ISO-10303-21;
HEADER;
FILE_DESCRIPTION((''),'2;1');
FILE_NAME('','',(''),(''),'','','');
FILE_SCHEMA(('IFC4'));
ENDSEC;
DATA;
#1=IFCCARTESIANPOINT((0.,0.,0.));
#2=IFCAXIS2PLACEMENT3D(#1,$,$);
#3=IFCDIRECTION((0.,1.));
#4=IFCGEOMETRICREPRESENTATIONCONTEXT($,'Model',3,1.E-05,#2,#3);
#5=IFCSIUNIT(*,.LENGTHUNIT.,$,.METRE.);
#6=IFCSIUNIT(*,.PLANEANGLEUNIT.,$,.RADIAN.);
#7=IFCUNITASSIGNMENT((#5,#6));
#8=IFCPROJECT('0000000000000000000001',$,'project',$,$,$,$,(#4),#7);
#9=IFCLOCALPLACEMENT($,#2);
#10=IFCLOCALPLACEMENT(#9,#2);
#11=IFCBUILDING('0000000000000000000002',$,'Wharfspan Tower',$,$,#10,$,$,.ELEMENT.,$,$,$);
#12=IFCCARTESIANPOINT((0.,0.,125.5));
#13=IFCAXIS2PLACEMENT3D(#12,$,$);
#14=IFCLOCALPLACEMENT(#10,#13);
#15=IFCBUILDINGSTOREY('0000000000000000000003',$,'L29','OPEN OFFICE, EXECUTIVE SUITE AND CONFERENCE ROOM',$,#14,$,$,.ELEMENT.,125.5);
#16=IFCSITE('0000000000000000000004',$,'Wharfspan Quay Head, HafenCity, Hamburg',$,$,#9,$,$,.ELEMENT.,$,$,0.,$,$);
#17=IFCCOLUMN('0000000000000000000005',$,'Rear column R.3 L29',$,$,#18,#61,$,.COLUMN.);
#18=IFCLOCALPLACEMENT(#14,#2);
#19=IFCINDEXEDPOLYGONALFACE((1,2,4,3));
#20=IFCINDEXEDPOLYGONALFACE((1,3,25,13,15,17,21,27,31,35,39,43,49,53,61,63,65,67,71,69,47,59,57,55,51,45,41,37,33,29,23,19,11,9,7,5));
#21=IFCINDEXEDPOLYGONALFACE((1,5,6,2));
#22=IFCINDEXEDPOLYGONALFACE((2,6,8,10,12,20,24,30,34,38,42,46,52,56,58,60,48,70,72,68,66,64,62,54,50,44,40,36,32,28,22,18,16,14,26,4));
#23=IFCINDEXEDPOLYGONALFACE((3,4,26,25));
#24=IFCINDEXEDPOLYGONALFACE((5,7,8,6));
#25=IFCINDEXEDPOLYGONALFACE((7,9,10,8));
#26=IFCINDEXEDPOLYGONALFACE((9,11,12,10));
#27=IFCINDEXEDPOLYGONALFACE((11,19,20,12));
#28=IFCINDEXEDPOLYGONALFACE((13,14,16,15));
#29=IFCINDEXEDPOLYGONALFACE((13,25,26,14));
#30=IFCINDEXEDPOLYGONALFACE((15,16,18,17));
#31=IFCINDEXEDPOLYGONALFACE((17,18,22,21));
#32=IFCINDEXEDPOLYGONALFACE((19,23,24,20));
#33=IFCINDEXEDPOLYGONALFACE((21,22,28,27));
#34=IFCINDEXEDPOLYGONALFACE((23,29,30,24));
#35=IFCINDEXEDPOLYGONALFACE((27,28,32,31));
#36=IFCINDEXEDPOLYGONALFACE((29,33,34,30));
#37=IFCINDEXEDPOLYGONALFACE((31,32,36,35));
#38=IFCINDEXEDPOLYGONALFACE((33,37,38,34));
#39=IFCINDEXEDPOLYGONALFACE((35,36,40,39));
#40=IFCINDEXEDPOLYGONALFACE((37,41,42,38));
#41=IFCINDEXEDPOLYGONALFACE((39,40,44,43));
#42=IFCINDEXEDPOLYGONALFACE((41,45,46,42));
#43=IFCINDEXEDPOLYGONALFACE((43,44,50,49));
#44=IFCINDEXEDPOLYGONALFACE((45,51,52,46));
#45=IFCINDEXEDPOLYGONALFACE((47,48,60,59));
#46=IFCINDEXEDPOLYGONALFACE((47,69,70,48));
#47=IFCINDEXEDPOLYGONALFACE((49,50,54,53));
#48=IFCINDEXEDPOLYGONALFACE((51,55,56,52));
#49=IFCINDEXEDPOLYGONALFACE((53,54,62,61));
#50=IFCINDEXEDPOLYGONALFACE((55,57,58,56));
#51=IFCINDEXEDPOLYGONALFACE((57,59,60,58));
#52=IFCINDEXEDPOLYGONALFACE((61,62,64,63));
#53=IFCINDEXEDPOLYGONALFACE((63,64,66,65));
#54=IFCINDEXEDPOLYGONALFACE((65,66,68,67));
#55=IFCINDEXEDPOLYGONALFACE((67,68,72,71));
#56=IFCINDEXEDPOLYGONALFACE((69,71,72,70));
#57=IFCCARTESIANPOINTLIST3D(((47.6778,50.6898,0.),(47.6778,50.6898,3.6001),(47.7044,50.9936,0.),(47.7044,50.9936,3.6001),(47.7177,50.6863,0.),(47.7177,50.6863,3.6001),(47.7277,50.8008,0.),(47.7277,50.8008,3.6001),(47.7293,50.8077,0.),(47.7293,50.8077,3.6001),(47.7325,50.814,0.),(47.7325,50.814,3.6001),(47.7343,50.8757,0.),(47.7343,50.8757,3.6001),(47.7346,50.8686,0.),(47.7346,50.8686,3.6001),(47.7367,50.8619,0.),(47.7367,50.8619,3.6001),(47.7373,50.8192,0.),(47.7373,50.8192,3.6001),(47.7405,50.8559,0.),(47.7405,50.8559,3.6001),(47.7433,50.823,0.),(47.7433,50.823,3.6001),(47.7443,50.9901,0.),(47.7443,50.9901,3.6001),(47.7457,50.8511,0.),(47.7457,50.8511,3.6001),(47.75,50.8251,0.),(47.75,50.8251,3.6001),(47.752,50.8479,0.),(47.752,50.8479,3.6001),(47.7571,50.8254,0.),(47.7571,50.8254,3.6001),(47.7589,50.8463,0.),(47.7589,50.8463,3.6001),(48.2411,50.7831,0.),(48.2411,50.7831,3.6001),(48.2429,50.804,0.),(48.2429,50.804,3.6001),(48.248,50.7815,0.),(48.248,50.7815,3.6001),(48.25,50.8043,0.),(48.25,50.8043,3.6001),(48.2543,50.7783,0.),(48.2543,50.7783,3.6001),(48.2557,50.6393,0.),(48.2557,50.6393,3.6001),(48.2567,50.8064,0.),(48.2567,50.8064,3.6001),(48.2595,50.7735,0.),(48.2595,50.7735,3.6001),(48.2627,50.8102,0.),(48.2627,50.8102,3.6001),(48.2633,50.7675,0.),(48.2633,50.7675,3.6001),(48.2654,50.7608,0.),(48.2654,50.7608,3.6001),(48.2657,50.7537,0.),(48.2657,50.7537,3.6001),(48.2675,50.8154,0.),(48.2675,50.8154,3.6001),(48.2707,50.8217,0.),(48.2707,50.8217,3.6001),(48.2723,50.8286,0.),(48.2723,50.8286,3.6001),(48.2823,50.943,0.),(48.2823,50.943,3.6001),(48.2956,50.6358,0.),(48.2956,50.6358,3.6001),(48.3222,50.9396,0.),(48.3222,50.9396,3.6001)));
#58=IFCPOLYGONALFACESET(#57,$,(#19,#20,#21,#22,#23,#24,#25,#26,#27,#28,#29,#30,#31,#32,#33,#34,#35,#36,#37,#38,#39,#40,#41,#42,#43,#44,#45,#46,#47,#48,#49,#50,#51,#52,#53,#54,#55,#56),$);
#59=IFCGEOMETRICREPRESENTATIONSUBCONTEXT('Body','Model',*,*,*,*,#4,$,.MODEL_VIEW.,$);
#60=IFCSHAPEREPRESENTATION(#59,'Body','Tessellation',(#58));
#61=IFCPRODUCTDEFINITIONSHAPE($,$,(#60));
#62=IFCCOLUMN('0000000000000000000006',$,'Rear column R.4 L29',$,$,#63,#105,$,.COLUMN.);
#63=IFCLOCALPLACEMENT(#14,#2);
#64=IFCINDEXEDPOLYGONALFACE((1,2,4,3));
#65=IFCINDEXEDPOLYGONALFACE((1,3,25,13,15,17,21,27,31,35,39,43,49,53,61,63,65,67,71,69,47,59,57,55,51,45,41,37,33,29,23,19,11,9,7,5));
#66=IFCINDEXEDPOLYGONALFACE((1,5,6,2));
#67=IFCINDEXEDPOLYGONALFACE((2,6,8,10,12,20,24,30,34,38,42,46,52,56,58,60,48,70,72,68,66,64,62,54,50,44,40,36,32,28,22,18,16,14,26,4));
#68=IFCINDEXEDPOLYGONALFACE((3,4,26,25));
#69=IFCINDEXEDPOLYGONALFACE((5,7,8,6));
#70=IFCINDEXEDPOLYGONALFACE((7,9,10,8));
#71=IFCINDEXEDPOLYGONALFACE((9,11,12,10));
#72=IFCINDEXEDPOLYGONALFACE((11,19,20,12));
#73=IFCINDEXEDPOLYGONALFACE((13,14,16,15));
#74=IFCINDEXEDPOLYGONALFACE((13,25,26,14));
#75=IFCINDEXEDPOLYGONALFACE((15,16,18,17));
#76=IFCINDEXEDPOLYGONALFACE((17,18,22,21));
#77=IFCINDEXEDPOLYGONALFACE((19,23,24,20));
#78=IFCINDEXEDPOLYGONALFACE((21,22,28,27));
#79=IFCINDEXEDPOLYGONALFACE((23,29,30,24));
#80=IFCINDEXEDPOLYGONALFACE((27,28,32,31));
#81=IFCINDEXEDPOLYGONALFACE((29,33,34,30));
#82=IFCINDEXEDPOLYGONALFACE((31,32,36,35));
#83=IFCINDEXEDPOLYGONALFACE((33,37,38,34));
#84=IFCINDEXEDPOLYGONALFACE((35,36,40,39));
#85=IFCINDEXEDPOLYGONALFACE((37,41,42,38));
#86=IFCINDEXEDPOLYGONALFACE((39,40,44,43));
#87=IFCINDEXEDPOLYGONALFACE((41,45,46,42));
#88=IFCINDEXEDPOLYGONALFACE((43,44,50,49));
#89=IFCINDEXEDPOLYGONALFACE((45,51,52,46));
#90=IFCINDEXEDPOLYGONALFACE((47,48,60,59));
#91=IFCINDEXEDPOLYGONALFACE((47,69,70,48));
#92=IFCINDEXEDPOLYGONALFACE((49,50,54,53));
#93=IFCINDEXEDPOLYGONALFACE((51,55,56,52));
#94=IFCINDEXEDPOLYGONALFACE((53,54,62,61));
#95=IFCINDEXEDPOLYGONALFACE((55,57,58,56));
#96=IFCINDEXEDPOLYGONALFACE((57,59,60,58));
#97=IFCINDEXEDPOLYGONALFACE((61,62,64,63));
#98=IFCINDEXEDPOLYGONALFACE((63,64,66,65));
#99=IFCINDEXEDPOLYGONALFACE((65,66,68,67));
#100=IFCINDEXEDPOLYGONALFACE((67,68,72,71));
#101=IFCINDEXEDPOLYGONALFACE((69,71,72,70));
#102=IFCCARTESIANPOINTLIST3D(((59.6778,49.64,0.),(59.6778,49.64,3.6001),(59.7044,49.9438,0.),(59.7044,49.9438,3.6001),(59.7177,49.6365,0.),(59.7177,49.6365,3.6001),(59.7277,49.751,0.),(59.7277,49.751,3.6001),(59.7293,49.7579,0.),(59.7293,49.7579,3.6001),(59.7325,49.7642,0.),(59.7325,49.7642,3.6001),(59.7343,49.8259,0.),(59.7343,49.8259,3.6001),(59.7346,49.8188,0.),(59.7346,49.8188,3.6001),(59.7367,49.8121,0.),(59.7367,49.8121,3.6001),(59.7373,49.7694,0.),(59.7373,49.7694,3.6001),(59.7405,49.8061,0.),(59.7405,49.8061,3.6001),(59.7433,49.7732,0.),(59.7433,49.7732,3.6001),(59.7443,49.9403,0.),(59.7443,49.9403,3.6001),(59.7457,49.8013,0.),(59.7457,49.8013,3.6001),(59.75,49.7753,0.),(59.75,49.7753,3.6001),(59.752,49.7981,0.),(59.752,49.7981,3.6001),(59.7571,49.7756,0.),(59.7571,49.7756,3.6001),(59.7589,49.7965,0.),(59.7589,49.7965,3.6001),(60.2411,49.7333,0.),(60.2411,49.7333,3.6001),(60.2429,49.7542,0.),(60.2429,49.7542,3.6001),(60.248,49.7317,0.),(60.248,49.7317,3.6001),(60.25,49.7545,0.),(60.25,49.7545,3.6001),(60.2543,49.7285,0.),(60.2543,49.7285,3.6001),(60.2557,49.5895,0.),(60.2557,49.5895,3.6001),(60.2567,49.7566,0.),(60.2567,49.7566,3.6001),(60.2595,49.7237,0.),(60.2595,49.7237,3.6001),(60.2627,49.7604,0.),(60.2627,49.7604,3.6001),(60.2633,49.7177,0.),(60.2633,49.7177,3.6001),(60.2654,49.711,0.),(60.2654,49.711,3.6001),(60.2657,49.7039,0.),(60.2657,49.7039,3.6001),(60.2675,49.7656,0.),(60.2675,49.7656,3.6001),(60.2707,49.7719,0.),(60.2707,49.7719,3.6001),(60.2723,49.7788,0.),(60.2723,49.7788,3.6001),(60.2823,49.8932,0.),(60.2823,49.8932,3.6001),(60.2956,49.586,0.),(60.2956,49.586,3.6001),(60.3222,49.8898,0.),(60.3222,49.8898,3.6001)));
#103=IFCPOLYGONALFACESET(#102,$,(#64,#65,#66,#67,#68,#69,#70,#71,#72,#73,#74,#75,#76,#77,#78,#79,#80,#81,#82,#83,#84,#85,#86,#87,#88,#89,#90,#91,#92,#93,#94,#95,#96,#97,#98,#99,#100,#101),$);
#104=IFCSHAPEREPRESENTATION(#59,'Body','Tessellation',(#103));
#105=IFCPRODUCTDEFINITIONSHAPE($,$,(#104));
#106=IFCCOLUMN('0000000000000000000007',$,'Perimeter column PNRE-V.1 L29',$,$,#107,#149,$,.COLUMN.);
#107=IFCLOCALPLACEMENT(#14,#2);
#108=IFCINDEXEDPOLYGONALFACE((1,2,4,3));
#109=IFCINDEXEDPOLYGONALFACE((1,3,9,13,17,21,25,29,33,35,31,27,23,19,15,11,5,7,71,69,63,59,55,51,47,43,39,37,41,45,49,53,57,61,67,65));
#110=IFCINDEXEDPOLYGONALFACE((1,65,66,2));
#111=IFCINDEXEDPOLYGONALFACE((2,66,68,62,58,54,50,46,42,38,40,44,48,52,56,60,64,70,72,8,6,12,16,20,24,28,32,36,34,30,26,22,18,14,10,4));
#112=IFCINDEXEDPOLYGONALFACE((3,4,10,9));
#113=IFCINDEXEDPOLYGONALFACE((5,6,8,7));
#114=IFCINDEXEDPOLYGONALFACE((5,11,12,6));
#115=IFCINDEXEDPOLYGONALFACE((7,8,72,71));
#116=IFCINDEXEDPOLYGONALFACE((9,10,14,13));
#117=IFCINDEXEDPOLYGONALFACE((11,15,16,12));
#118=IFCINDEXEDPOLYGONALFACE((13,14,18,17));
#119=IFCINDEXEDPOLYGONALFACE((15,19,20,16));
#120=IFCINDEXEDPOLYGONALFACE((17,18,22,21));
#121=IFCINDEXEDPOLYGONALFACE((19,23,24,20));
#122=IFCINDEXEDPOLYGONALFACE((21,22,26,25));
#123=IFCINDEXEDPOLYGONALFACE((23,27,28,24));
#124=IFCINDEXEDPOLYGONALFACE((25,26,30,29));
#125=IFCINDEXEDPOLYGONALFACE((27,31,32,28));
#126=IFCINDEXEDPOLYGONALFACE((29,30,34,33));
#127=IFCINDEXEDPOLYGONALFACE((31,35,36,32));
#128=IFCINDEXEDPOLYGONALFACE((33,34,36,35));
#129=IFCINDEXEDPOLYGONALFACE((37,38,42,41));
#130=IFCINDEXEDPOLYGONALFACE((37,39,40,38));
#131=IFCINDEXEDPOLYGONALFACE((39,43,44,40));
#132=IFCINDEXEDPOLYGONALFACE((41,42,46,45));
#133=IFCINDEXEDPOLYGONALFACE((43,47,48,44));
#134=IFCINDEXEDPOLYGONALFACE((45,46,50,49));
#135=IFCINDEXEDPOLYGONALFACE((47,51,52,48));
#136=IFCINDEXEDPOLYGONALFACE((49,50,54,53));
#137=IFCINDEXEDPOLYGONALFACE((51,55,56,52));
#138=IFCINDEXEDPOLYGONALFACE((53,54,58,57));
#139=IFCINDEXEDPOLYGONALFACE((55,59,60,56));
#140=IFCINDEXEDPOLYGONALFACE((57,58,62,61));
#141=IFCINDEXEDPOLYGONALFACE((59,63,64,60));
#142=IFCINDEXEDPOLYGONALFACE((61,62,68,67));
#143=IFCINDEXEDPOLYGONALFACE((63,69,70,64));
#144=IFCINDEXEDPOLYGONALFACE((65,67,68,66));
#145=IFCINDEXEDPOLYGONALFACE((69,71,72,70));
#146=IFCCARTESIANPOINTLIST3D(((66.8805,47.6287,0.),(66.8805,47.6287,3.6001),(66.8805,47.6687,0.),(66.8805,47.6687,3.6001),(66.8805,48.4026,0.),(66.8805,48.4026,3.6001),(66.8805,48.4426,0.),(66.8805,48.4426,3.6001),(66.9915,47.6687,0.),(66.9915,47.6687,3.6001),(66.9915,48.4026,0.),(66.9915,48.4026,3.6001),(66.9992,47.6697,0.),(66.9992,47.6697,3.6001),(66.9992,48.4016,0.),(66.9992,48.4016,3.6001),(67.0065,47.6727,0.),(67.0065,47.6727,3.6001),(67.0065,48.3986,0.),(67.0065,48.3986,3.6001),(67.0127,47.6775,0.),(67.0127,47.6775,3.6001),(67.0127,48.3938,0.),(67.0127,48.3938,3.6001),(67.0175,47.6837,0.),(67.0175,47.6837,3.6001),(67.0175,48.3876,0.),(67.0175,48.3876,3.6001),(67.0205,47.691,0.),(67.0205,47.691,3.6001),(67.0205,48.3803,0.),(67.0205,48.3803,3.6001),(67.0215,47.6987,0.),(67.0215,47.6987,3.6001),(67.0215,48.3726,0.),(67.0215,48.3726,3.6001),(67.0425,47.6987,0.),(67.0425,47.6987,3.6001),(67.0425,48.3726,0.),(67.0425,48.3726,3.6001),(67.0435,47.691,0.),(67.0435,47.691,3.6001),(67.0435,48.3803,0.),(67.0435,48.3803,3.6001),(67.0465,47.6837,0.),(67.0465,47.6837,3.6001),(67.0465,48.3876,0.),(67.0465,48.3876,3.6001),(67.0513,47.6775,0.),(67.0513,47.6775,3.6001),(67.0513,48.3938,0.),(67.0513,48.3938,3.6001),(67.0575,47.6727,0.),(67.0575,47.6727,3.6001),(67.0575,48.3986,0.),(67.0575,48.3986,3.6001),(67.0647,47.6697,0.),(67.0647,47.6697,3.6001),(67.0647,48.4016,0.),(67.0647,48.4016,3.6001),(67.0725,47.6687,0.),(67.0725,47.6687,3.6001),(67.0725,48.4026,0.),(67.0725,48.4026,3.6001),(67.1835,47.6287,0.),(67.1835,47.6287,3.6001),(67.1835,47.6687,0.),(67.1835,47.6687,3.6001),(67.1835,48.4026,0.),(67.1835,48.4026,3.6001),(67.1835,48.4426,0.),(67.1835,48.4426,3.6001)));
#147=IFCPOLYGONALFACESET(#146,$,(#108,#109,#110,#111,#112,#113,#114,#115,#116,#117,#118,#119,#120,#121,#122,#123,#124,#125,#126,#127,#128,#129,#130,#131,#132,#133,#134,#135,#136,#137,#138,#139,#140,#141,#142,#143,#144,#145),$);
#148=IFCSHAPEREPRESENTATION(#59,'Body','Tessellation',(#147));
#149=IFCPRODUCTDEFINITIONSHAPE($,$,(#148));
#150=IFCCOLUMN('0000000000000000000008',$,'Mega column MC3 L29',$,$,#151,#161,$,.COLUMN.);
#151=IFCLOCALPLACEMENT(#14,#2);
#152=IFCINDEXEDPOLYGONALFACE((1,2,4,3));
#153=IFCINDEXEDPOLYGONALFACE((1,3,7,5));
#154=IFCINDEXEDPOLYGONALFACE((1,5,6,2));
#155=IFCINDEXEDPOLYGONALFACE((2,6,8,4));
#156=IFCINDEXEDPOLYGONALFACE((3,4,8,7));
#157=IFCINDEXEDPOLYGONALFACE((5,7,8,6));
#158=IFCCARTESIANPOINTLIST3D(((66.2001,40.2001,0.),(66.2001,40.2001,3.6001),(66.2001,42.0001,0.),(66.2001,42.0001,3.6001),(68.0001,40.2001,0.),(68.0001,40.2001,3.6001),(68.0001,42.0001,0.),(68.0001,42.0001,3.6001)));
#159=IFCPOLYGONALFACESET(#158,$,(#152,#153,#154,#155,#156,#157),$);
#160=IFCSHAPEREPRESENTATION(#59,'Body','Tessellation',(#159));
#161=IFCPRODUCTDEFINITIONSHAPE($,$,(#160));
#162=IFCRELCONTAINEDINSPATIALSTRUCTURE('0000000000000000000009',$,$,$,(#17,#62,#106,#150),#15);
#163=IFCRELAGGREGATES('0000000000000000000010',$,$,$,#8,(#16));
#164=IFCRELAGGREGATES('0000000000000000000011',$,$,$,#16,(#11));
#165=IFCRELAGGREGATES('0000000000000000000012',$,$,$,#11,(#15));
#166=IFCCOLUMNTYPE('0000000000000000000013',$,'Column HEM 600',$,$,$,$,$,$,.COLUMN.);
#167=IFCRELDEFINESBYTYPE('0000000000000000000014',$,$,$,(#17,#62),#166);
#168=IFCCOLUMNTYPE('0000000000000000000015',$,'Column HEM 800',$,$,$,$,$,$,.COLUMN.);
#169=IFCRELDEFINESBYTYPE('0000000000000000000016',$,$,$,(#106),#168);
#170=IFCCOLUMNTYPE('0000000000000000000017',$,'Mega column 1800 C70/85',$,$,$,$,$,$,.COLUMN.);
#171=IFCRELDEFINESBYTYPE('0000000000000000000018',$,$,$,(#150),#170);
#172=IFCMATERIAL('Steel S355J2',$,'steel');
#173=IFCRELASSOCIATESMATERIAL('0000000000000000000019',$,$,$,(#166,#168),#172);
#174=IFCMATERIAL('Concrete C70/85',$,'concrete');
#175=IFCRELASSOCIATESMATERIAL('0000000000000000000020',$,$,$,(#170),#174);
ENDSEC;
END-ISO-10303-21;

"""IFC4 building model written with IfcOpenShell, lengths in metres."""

from ifc_helpers import new_model, si_unit, direction, frame, origin, origin_2d, place, context, subcontext, project, spatial, rectangle, i_section, extrude, material, material_profile, profile_set, type_object, element, save


model = new_model("IFC4")

# Units and contexts
model_context = context("Model", 3, precision=1e-05, world=origin(), true_north=direction((0.0, 1.0)))
body_context = subcontext(model_context, "Body", "Model", "MODEL_VIEW")
ifc_project = project(units=[si_unit("LENGTHUNIT", "METRE"), si_unit("PLANEANGLEUNIT", "RADIAN")], contexts=[model_context])

# Site, building, storey
site_placement = place(None, origin())
site = spatial("IfcSite", under=ifc_project, at=site_placement, Name="Wharfspan Quay Head, HafenCity, Hamburg", CompositionType="ELEMENT", RefElevation=0.0)
building_placement = place(site_placement, origin())
building = spatial("IfcBuilding", under=site, at=building_placement, Name="Wharfspan Tower", CompositionType="ELEMENT")
storey_placement = place(building_placement, frame((0.0, 0.0, 125.5)))
storey = spatial("IfcBuildingStorey", under=building, at=storey_placement, Name="L29", Description="OPEN OFFICE, EXECUTIVE SUITE AND CONFERENCE ROOM", CompositionType="ELEMENT", Elevation=125.5)

# Columns
ifc_material_1 = material(Name="Steel S355J2", Category="steel")
ifc_material_profile_1 = material_profile(ifc_material_1, i_section(OverallWidth=0.3049, OverallDepth=0.6201, WebThickness=0.021, FlangeThickness=0.04, FilletRadius=0.0271, at=origin_2d()))
ifc_profile_set_1 = profile_set([ifc_material_profile_1], Name="Steel S355J2")
column_type_1 = type_object("IfcColumnType", Name="Column HEM 600", PredefinedType="COLUMN", material=ifc_profile_set_1)
for number, where, z_axis, x_axis, name in (
    (1, (48.0, 50.8147, 0.0), (0.0, 0.0, 1.0), (0.087156, 0.996198, 0.0), "Rear column R.3 L29"),
    (2, (60.0, 49.7649, 0.0), (0.0, 0.0, 1.0), (0.087156, 0.996198, 0.0), "Rear column R.4 L29"),
):
    element("IfcColumn", number, at=place(storey_placement, frame(where, z_axis=z_axis, x_axis=x_axis)), inside=storey, type_object=column_type_1, Name=name, PredefinedType="COLUMN", context=body_context, shape_type="SweptSolid", body=[
        extrude(i_section(OverallWidth=0.3049, OverallDepth=0.6201, WebThickness=0.021, FlangeThickness=0.04, FilletRadius=0.0271, at=origin_2d()), origin(), (0.0, 0.0, 1.0), 3.6001),
    ])
ifc_material_profile_2 = material_profile(ifc_material_1, i_section(OverallWidth=0.303, OverallDepth=0.814, WebThickness=0.021, FlangeThickness=0.04, FilletRadius=0.03, at=origin_2d()))
ifc_profile_set_2 = profile_set([ifc_material_profile_2], Name="Steel S355J2")
column_type_2 = type_object("IfcColumnType", Name="Column HEM 800", PredefinedType="COLUMN", material=ifc_profile_set_2)
column_1_placement = place(storey_placement, frame((67.032, 48.0356, 0.0), z_axis=(0.0, 0.0, 1.0), x_axis=(1.0, 0.0, 0.0)))
element("IfcColumn", 3, at=column_1_placement, inside=storey, type_object=column_type_2, Name="Perimeter column PNRE-V.1 L29", PredefinedType="COLUMN", context=body_context, shape_type="SweptSolid", body=[
    extrude(i_section(OverallWidth=0.303, OverallDepth=0.814, WebThickness=0.021, FlangeThickness=0.04, FilletRadius=0.03, at=origin_2d()), origin(), (0.0, 0.0, 1.0), 3.6001),
])
ifc_material_2 = material(Name="Concrete C70/85", Category="concrete")
ifc_material_profile_3 = material_profile(ifc_material_2, rectangle(XDim=1.8, YDim=1.8, at=origin_2d()))
ifc_profile_set_3 = profile_set([ifc_material_profile_3], Name="Concrete C70/85")
column_type_3 = type_object("IfcColumnType", Name="Mega column 1800 C70/85", PredefinedType="COLUMN", material=ifc_profile_set_3)
column_2_placement = place(storey_placement, frame((67.1001, 41.1001, 0.0), z_axis=(0.0, 0.0, 1.0), x_axis=(1.0, 0.0, 0.0)))
element("IfcColumn", 4, at=column_2_placement, inside=storey, type_object=column_type_3, Name="Mega column MC3 L29", PredefinedType="COLUMN", context=body_context, shape_type="SweptSolid", body=[
    extrude(rectangle(XDim=1.8, YDim=1.8, at=origin_2d()), origin(), (0.0, 0.0, 1.0), 3.6001),
])

save(model, "model.ifc")
